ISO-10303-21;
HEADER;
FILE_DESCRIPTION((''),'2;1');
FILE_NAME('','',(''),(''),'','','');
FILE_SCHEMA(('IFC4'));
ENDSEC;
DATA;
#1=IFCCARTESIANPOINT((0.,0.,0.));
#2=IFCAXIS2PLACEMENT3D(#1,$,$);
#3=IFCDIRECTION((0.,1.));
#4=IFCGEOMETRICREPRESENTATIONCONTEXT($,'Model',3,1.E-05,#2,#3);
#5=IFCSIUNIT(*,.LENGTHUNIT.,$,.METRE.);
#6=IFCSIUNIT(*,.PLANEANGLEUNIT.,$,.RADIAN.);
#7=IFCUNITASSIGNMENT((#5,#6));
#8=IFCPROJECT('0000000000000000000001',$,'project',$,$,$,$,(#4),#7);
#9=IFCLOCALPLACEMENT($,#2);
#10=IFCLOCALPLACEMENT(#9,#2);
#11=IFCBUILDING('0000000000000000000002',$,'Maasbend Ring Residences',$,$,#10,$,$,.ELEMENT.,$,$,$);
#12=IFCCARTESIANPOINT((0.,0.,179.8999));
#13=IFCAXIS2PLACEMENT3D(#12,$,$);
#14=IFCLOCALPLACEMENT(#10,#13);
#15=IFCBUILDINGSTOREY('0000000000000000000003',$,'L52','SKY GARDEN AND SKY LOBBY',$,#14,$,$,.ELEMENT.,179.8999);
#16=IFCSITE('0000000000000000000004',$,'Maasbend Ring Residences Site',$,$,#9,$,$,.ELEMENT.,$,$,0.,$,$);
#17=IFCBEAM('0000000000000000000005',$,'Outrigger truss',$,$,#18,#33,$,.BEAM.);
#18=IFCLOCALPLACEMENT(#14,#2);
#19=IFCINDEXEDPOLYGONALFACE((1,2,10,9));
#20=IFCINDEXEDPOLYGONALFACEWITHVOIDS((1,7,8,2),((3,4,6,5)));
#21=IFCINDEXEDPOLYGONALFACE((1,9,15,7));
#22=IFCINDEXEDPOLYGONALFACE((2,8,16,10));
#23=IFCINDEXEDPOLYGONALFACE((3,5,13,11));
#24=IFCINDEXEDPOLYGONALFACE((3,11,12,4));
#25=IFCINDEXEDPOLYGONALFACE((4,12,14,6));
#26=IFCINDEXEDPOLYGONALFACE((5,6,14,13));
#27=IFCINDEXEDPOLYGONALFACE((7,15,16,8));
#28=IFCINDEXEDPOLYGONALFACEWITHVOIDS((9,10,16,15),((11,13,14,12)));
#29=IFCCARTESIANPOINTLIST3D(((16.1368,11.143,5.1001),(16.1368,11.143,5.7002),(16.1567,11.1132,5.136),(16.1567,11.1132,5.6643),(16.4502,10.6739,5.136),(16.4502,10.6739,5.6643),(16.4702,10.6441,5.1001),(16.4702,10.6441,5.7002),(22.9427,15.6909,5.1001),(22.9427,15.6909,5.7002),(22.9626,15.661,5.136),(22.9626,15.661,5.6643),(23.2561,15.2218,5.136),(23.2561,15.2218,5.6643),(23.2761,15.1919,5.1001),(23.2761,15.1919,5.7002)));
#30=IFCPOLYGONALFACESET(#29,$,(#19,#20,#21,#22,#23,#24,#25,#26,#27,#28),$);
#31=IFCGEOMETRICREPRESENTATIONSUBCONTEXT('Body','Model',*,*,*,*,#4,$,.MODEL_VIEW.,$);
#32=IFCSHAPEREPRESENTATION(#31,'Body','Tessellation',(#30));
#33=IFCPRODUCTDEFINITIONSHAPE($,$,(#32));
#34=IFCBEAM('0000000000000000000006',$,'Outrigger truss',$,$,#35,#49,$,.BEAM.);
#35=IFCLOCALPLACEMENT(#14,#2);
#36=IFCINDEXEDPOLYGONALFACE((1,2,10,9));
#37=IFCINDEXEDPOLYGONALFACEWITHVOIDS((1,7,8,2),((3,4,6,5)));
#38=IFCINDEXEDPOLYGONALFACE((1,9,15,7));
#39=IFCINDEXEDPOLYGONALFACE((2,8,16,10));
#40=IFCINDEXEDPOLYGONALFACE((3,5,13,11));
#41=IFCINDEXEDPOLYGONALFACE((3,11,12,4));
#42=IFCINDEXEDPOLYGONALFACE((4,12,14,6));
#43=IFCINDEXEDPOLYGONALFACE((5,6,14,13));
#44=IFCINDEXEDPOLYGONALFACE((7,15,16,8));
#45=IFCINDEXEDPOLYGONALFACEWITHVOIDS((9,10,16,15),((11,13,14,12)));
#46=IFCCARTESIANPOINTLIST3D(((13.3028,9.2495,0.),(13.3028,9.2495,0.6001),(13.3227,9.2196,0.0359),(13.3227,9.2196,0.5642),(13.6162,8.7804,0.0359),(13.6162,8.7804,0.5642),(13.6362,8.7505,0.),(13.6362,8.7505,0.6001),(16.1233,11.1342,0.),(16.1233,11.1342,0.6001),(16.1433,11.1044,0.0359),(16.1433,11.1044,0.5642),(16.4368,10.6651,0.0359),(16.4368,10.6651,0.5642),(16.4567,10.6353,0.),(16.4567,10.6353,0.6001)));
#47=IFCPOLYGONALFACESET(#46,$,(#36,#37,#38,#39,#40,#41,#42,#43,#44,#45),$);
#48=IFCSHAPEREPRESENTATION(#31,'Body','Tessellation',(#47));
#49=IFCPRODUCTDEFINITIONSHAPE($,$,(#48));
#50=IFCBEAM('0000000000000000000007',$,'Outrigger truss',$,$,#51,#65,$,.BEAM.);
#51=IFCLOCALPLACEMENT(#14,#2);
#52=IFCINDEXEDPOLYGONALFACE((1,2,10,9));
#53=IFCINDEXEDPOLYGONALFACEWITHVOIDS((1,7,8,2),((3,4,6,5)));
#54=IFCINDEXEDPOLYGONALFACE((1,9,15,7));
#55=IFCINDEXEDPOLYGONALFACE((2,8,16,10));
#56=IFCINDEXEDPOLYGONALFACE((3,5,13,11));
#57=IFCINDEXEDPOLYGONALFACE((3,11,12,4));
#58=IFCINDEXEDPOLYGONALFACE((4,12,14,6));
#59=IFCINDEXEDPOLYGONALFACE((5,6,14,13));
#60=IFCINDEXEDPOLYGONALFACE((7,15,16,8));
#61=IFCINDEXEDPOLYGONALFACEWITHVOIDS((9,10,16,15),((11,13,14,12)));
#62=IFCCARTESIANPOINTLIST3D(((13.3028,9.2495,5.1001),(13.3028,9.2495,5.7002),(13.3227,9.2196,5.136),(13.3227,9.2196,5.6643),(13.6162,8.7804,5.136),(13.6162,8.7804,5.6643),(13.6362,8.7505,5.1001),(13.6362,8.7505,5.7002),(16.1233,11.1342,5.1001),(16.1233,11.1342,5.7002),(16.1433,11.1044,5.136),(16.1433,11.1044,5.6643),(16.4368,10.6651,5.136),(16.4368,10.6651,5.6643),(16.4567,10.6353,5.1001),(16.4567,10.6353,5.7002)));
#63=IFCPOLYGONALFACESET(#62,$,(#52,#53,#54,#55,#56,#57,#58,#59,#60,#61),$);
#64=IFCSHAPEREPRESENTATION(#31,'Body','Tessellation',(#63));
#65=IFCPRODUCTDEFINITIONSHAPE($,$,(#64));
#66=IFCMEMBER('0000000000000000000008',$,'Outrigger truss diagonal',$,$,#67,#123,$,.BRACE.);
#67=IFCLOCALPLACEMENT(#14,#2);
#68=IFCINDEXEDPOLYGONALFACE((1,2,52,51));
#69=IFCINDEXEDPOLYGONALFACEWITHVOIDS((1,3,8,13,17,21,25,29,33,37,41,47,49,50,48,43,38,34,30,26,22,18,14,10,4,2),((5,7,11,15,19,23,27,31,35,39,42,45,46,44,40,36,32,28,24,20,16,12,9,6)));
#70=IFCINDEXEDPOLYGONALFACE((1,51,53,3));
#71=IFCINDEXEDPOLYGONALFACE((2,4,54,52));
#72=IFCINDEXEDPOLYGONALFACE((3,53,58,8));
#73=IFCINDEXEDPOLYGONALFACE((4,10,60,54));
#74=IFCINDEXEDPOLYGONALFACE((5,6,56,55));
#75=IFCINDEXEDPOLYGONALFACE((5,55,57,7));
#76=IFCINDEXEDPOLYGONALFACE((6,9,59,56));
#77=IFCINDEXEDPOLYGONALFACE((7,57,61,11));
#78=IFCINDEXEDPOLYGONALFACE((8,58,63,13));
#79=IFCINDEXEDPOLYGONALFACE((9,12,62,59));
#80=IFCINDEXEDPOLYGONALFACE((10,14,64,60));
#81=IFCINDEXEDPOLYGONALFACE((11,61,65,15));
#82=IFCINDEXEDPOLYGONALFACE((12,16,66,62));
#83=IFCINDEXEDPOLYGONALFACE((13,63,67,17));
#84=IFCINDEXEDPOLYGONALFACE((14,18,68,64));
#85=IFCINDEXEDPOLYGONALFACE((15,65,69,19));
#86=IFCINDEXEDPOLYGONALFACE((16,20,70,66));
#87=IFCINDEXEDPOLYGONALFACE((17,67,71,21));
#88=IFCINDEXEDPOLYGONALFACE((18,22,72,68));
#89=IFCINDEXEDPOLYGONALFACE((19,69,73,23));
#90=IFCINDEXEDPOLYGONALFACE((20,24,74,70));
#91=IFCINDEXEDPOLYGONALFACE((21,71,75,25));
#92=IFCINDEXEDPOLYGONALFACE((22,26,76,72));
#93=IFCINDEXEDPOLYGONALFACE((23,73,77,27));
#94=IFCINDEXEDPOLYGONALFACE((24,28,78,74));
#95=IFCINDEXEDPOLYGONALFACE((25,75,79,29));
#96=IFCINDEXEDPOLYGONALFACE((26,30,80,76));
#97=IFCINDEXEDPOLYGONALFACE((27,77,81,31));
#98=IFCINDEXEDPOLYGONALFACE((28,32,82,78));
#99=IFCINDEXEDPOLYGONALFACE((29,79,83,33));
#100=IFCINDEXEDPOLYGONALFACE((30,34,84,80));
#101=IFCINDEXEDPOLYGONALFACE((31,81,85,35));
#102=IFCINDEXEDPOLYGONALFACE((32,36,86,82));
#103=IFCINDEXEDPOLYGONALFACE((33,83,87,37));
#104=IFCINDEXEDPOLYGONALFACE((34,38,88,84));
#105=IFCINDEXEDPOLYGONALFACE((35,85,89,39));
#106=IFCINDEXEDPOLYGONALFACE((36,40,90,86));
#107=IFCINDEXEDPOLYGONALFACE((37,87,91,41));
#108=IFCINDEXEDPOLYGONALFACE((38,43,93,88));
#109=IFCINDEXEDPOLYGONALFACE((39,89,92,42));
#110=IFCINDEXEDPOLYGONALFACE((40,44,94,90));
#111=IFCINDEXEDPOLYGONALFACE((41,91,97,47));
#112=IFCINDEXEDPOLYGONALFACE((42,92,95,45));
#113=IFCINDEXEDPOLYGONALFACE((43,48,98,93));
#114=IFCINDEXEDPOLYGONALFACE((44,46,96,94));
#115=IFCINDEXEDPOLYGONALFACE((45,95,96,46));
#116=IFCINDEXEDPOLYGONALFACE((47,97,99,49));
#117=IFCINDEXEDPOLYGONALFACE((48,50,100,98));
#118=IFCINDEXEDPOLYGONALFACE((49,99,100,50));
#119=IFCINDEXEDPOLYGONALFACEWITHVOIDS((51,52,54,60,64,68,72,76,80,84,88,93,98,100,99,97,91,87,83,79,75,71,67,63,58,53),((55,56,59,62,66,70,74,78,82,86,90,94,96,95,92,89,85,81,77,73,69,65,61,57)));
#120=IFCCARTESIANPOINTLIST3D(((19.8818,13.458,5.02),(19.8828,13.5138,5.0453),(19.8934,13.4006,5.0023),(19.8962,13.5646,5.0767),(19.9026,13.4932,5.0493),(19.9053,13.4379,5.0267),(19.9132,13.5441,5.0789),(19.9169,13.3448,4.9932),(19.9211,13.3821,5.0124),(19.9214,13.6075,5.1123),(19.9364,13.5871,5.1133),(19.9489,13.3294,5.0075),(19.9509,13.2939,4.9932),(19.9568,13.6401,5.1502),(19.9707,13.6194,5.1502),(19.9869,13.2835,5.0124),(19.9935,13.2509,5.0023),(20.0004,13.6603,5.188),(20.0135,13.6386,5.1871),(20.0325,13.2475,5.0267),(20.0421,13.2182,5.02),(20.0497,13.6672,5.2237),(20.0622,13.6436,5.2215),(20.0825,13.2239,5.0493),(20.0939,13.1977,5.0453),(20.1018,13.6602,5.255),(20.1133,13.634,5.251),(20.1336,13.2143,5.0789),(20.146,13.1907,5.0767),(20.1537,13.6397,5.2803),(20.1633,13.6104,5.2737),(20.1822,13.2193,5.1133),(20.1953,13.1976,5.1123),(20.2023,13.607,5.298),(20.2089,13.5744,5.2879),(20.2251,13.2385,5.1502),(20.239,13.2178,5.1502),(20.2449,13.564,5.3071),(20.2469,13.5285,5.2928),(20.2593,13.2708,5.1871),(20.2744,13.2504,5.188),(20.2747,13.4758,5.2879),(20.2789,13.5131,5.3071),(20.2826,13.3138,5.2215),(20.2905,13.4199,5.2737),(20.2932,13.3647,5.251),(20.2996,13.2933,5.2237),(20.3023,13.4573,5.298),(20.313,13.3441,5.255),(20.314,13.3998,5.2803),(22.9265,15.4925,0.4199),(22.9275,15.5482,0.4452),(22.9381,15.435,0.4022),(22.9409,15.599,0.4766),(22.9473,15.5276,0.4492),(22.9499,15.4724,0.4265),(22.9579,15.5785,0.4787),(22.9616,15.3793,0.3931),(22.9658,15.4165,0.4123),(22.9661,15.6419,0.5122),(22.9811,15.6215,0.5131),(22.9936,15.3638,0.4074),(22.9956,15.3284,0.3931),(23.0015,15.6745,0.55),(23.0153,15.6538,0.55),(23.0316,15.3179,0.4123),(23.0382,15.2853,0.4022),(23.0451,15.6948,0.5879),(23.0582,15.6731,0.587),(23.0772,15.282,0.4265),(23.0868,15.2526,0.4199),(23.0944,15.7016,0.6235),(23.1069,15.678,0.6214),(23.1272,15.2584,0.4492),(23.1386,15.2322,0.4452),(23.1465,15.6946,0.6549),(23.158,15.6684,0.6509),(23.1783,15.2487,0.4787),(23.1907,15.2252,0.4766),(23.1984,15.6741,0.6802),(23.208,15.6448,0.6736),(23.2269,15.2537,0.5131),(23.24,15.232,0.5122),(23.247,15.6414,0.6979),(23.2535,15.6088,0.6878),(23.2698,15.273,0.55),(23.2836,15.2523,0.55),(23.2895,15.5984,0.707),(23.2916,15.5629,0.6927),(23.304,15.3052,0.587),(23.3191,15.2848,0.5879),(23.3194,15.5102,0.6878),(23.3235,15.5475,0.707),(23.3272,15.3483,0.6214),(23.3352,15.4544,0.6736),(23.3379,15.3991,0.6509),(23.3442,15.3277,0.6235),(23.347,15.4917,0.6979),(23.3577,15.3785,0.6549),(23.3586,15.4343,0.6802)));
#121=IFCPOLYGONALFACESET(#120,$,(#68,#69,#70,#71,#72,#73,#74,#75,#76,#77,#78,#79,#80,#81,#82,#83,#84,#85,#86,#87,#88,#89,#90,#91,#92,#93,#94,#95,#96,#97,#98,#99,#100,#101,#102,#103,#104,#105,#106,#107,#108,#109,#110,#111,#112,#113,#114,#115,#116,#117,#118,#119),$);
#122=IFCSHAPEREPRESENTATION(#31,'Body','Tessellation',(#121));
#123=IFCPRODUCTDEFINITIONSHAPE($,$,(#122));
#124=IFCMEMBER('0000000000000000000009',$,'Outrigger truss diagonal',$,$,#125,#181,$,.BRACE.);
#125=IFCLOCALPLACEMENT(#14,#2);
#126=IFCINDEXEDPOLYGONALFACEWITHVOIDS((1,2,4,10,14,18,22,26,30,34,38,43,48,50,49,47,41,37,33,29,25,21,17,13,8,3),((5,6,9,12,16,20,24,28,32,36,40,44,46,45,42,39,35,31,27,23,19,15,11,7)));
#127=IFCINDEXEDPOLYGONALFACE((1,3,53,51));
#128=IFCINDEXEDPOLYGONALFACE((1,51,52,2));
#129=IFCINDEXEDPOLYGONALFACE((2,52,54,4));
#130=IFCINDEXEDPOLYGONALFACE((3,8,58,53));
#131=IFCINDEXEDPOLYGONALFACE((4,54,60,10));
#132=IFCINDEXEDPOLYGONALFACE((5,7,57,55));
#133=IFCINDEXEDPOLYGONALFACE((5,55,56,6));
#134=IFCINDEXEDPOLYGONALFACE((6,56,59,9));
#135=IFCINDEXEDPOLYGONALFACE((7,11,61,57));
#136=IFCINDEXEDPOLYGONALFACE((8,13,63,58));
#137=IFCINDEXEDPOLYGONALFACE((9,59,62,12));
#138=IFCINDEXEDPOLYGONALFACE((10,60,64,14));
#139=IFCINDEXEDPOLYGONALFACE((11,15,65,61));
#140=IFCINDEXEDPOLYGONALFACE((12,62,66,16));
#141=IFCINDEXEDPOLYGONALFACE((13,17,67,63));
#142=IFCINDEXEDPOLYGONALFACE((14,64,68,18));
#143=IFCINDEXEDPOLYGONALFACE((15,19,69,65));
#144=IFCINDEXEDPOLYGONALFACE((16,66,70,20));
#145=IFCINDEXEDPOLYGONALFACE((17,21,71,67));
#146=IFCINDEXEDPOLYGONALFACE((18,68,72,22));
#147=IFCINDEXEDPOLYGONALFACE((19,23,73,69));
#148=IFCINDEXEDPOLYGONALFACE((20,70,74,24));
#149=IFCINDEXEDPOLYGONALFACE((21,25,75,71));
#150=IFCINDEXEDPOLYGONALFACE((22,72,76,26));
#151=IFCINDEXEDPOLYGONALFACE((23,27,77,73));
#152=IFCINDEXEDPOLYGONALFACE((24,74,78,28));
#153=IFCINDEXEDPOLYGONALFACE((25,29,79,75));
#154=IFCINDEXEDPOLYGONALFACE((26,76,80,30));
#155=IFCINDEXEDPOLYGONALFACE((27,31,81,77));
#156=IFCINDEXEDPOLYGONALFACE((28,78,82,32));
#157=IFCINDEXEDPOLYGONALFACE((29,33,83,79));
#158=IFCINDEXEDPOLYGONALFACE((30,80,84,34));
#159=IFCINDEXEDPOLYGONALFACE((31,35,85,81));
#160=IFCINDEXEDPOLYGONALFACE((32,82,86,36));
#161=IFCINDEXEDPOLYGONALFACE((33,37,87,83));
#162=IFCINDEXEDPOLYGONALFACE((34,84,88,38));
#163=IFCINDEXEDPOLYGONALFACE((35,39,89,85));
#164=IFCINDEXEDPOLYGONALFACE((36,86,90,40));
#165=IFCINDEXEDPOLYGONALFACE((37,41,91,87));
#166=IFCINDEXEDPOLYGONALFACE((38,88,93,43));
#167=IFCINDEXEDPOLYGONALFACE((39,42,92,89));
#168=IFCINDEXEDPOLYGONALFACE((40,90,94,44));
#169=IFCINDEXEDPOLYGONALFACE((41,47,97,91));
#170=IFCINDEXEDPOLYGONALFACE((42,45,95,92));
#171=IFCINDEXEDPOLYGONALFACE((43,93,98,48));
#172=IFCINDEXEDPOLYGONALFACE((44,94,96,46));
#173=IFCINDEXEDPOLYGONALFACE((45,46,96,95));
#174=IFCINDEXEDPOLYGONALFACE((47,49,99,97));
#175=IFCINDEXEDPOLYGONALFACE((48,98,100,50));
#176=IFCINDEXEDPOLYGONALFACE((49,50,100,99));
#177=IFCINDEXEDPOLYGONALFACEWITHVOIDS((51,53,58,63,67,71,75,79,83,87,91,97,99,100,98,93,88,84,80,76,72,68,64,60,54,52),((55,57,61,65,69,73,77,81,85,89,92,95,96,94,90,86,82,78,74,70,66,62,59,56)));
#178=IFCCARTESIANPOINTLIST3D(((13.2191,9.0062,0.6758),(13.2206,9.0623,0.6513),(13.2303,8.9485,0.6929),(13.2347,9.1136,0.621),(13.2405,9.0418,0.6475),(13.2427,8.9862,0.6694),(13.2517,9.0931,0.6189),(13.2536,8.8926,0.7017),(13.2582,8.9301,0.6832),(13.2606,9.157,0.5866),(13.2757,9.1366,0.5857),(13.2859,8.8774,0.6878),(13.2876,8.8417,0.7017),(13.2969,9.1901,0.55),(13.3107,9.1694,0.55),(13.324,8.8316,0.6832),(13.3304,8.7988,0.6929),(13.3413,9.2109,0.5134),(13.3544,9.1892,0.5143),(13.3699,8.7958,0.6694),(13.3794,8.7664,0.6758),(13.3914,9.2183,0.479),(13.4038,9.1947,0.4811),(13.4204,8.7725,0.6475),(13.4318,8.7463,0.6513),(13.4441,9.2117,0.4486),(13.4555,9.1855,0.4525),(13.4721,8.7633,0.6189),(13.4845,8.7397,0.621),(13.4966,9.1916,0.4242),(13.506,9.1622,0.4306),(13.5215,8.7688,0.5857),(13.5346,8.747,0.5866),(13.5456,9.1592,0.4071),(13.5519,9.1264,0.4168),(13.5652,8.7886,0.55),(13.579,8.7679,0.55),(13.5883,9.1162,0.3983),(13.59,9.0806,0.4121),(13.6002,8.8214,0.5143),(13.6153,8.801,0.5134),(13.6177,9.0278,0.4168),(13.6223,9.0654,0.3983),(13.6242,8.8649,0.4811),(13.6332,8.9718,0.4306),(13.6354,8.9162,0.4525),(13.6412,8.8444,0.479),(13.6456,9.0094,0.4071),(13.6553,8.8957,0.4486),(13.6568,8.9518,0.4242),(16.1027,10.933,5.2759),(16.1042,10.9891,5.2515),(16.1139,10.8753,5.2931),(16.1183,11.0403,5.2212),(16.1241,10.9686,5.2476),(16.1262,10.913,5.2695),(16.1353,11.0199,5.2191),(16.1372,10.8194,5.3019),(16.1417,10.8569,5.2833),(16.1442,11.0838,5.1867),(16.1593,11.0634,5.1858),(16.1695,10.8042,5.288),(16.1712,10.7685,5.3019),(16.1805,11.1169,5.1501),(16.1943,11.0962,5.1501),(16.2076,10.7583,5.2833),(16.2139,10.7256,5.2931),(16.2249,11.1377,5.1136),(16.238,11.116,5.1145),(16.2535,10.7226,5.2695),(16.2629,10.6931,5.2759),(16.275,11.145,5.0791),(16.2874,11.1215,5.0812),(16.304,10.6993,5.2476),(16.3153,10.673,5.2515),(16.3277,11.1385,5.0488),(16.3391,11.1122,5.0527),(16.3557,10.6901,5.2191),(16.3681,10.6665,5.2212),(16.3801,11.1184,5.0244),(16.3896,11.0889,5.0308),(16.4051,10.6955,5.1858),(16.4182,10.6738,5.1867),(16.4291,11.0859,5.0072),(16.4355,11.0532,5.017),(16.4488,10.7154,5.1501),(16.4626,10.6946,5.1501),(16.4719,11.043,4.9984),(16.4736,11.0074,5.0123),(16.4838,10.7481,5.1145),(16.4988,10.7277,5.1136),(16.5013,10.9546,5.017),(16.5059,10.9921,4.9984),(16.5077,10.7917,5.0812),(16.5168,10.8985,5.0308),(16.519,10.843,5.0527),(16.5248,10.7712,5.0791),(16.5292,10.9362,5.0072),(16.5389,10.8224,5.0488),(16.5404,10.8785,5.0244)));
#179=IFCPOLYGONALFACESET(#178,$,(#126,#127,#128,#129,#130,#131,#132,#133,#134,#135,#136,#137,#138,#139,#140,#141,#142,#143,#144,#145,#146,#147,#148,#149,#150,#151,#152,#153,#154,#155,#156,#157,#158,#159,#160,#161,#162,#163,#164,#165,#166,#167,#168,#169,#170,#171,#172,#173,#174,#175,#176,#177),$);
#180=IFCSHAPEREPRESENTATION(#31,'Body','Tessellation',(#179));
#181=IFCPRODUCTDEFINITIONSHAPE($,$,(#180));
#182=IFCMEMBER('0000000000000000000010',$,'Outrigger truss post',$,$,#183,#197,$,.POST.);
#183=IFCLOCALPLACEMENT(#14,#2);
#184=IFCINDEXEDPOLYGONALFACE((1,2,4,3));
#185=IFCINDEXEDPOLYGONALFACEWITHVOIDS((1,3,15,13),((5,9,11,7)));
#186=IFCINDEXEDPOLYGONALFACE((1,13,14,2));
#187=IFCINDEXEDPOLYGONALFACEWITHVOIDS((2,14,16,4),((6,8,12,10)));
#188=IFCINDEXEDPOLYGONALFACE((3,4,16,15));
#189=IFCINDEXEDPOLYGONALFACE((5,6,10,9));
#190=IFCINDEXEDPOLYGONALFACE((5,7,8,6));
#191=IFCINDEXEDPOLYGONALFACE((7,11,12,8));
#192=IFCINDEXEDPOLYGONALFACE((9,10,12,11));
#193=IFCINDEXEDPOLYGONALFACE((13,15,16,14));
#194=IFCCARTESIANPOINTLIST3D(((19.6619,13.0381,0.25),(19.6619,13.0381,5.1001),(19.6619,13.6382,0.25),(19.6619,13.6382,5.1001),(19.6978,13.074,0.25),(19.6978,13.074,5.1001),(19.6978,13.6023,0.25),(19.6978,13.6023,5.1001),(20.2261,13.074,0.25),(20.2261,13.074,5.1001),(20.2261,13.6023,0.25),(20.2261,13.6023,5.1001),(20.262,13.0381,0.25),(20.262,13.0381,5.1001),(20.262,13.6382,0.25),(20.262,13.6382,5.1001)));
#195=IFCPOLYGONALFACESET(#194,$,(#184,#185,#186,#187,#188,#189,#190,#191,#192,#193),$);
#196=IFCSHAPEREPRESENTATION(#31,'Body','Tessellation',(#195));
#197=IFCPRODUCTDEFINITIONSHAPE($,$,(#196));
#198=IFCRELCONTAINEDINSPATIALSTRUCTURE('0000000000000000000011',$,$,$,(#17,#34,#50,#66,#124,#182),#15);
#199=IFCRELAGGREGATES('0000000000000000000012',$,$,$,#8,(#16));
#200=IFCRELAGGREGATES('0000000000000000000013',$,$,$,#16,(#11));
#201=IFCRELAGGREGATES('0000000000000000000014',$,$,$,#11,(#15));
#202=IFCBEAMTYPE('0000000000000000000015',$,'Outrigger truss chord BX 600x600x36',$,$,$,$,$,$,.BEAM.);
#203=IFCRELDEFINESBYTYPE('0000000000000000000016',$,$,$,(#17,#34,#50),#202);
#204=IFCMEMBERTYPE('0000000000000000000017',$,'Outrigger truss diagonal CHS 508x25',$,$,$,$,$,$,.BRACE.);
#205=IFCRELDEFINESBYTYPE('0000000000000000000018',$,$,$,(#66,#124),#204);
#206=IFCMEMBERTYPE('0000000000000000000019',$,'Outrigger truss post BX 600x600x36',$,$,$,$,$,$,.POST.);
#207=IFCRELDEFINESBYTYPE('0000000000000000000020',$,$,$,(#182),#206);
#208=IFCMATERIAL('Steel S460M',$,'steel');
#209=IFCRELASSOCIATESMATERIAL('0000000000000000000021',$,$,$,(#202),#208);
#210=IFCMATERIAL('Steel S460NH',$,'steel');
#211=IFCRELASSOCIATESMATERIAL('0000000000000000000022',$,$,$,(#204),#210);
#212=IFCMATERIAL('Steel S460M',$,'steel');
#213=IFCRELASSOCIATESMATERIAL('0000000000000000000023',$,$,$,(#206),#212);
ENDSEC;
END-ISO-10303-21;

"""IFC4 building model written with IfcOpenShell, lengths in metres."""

from ifc_helpers import new_model, si_unit, direction, frame, origin, origin_2d, place, context, subcontext, project, spatial, hollow_rectangle, hollow_circle, extrude, material, material_profile, profile_set, type_object, element, save


model = new_model("IFC4")

# Units and contexts
model_context = context("Model", 3, precision=1e-05, world=origin(), true_north=direction((0.0, 1.0)))
body_context = subcontext(model_context, "Body", "Model", "MODEL_VIEW")
ifc_project = project(units=[si_unit("LENGTHUNIT", "METRE"), si_unit("PLANEANGLEUNIT", "RADIAN")], contexts=[model_context])

# Site, building, storey
site_placement = place(None, origin())
site = spatial("IfcSite", under=ifc_project, at=site_placement, Name="Maasbend Ring Residences Site", CompositionType="ELEMENT", RefElevation=0.0)
building_placement = place(site_placement, origin())
building = spatial("IfcBuilding", under=site, at=building_placement, Name="Maasbend Ring Residences", CompositionType="ELEMENT")
storey_placement = place(building_placement, frame((0.0, 0.0, 179.8999)))
storey = spatial("IfcBuildingStorey", under=building, at=storey_placement, Name="L52", Description="SKY GARDEN AND SKY LOBBY", CompositionType="ELEMENT", Elevation=179.8999)

# Beams
ifc_material_1 = material(Name="Steel S460M", Category="steel")
ifc_material_profile_1 = material_profile(ifc_material_1, hollow_rectangle(XDim=0.6001, YDim=0.6001, WallThickness=0.0359, at=origin_2d()), Name="Outrigger truss chord BX 600x600x36")
ifc_profile_set_1 = profile_set([ifc_material_profile_1], Name="Steel S460M")
beam_type_1 = type_object("IfcBeamType", Name="Outrigger truss chord BX 600x600x36", PredefinedType="BEAM", material=ifc_profile_set_1)
beam_1_placement = place(storey_placement, frame((23.1094, 15.4414, 5.4001), z_axis=(-0.831453, -0.555595, 0.0), x_axis=(0.555595, -0.831453, 0.0)))
element("IfcBeam", 1, at=beam_1_placement, inside=storey, type_object=beam_type_1, Name="Outrigger truss", PredefinedType="BEAM", context=body_context, shape_type="SweptSolid", body=[
    extrude(hollow_rectangle(XDim=0.6001, YDim=0.6001, WallThickness=0.0359, at=origin_2d()), origin(), (0.0, 0.0, 1.0), 8.1855),
])
for number, where, z_axis, x_axis, name in (
    (2, (16.29, 10.8848, 0.3), (-0.831452, -0.555597, 0.0), (0.555597, -0.831452, 0.0), "Outrigger truss"),
    (3, (16.29, 10.8848, 5.4001), (-0.831452, -0.555597, 0.0), (0.555597, -0.831452, 0.0), "Outrigger truss"),
):
    element("IfcBeam", number, at=place(storey_placement, frame(where, z_axis=z_axis, x_axis=x_axis)), inside=storey, type_object=beam_type_1, Name=name, PredefinedType="BEAM", context=body_context, shape_type="SweptSolid", body=[
        extrude(hollow_rectangle(XDim=0.6001, YDim=0.6001, WallThickness=0.0359, at=origin_2d()), origin(), (0.0, 0.0, 1.0), 3.3923),
    ])

# Members
ifc_material_2 = material(Name="Steel S460NH", Category="steel")
ifc_material_profile_2 = material_profile(ifc_material_2, hollow_circle(Radius=0.2539, WallThickness=0.0249, at=origin_2d()), Name="Outrigger truss diagonal CHS 508x25")
ifc_profile_set_2 = profile_set([ifc_material_profile_2], Name="Steel S460NH")
member_type_1 = type_object("IfcMemberType", Name="Outrigger truss diagonal CHS 508x25", PredefinedType="BRACE", material=ifc_profile_set_2)
member_1_placement = place(storey_placement, frame((23.1426, 15.4634, 0.55), z_axis=(-0.517836, -0.346013, 0.782381), x_axis=(0.555577, -0.831465, 0.0)))
element("IfcMember", 4, at=member_1_placement, inside=storey, type_object=member_type_1, Name="Outrigger truss diagonal", PredefinedType="BRACE", context=body_context, shape_type="SweptSolid", body=[
    extrude(hollow_circle(Radius=0.2539, WallThickness=0.0249, at=origin_2d()), origin(), (0.0, 0.0, 1.0), 5.8796),
])
member_2_placement = place(storey_placement, frame((16.3215, 10.9058, 5.1501), z_axis=(-0.500536, -0.334454, -0.798501), x_axis=(0.555577, -0.831465, 0.0)))
element("IfcMember", 5, at=member_2_placement, inside=storey, type_object=member_type_1, Name="Outrigger truss diagonal", PredefinedType="BRACE", context=body_context, shape_type="SweptSolid", body=[
    extrude(hollow_circle(Radius=0.2539, WallThickness=0.0249, at=origin_2d()), origin(), (0.0, 0.0, 1.0), 5.761),
])
ifc_material_3 = material(Name="Steel S460M", Category="steel")
ifc_material_profile_3 = material_profile(ifc_material_3, hollow_rectangle(XDim=0.6001, YDim=0.6001, WallThickness=0.0359, at=origin_2d()), Name="Outrigger truss post BX 600x600x36")
ifc_profile_set_3 = profile_set([ifc_material_profile_3], Name="Steel S460M")
member_type_2 = type_object("IfcMemberType", Name="Outrigger truss post BX 600x600x36", PredefinedType="POST", material=ifc_profile_set_3)
member_3_placement = place(storey_placement, frame((19.9619, 13.3381, 0.25), z_axis=(0.0, 0.0, 1.0), x_axis=(1.0, 0.0, 0.0)))
element("IfcMember", 6, at=member_3_placement, inside=storey, type_object=member_type_2, Name="Outrigger truss post", PredefinedType="POST", context=body_context, shape_type="SweptSolid", body=[
    extrude(hollow_rectangle(XDim=0.6001, YDim=0.6001, WallThickness=0.0359, at=origin_2d()), origin(), (0.0, 0.0, 1.0), 4.8501),
])

save(model, "model.ifc")
